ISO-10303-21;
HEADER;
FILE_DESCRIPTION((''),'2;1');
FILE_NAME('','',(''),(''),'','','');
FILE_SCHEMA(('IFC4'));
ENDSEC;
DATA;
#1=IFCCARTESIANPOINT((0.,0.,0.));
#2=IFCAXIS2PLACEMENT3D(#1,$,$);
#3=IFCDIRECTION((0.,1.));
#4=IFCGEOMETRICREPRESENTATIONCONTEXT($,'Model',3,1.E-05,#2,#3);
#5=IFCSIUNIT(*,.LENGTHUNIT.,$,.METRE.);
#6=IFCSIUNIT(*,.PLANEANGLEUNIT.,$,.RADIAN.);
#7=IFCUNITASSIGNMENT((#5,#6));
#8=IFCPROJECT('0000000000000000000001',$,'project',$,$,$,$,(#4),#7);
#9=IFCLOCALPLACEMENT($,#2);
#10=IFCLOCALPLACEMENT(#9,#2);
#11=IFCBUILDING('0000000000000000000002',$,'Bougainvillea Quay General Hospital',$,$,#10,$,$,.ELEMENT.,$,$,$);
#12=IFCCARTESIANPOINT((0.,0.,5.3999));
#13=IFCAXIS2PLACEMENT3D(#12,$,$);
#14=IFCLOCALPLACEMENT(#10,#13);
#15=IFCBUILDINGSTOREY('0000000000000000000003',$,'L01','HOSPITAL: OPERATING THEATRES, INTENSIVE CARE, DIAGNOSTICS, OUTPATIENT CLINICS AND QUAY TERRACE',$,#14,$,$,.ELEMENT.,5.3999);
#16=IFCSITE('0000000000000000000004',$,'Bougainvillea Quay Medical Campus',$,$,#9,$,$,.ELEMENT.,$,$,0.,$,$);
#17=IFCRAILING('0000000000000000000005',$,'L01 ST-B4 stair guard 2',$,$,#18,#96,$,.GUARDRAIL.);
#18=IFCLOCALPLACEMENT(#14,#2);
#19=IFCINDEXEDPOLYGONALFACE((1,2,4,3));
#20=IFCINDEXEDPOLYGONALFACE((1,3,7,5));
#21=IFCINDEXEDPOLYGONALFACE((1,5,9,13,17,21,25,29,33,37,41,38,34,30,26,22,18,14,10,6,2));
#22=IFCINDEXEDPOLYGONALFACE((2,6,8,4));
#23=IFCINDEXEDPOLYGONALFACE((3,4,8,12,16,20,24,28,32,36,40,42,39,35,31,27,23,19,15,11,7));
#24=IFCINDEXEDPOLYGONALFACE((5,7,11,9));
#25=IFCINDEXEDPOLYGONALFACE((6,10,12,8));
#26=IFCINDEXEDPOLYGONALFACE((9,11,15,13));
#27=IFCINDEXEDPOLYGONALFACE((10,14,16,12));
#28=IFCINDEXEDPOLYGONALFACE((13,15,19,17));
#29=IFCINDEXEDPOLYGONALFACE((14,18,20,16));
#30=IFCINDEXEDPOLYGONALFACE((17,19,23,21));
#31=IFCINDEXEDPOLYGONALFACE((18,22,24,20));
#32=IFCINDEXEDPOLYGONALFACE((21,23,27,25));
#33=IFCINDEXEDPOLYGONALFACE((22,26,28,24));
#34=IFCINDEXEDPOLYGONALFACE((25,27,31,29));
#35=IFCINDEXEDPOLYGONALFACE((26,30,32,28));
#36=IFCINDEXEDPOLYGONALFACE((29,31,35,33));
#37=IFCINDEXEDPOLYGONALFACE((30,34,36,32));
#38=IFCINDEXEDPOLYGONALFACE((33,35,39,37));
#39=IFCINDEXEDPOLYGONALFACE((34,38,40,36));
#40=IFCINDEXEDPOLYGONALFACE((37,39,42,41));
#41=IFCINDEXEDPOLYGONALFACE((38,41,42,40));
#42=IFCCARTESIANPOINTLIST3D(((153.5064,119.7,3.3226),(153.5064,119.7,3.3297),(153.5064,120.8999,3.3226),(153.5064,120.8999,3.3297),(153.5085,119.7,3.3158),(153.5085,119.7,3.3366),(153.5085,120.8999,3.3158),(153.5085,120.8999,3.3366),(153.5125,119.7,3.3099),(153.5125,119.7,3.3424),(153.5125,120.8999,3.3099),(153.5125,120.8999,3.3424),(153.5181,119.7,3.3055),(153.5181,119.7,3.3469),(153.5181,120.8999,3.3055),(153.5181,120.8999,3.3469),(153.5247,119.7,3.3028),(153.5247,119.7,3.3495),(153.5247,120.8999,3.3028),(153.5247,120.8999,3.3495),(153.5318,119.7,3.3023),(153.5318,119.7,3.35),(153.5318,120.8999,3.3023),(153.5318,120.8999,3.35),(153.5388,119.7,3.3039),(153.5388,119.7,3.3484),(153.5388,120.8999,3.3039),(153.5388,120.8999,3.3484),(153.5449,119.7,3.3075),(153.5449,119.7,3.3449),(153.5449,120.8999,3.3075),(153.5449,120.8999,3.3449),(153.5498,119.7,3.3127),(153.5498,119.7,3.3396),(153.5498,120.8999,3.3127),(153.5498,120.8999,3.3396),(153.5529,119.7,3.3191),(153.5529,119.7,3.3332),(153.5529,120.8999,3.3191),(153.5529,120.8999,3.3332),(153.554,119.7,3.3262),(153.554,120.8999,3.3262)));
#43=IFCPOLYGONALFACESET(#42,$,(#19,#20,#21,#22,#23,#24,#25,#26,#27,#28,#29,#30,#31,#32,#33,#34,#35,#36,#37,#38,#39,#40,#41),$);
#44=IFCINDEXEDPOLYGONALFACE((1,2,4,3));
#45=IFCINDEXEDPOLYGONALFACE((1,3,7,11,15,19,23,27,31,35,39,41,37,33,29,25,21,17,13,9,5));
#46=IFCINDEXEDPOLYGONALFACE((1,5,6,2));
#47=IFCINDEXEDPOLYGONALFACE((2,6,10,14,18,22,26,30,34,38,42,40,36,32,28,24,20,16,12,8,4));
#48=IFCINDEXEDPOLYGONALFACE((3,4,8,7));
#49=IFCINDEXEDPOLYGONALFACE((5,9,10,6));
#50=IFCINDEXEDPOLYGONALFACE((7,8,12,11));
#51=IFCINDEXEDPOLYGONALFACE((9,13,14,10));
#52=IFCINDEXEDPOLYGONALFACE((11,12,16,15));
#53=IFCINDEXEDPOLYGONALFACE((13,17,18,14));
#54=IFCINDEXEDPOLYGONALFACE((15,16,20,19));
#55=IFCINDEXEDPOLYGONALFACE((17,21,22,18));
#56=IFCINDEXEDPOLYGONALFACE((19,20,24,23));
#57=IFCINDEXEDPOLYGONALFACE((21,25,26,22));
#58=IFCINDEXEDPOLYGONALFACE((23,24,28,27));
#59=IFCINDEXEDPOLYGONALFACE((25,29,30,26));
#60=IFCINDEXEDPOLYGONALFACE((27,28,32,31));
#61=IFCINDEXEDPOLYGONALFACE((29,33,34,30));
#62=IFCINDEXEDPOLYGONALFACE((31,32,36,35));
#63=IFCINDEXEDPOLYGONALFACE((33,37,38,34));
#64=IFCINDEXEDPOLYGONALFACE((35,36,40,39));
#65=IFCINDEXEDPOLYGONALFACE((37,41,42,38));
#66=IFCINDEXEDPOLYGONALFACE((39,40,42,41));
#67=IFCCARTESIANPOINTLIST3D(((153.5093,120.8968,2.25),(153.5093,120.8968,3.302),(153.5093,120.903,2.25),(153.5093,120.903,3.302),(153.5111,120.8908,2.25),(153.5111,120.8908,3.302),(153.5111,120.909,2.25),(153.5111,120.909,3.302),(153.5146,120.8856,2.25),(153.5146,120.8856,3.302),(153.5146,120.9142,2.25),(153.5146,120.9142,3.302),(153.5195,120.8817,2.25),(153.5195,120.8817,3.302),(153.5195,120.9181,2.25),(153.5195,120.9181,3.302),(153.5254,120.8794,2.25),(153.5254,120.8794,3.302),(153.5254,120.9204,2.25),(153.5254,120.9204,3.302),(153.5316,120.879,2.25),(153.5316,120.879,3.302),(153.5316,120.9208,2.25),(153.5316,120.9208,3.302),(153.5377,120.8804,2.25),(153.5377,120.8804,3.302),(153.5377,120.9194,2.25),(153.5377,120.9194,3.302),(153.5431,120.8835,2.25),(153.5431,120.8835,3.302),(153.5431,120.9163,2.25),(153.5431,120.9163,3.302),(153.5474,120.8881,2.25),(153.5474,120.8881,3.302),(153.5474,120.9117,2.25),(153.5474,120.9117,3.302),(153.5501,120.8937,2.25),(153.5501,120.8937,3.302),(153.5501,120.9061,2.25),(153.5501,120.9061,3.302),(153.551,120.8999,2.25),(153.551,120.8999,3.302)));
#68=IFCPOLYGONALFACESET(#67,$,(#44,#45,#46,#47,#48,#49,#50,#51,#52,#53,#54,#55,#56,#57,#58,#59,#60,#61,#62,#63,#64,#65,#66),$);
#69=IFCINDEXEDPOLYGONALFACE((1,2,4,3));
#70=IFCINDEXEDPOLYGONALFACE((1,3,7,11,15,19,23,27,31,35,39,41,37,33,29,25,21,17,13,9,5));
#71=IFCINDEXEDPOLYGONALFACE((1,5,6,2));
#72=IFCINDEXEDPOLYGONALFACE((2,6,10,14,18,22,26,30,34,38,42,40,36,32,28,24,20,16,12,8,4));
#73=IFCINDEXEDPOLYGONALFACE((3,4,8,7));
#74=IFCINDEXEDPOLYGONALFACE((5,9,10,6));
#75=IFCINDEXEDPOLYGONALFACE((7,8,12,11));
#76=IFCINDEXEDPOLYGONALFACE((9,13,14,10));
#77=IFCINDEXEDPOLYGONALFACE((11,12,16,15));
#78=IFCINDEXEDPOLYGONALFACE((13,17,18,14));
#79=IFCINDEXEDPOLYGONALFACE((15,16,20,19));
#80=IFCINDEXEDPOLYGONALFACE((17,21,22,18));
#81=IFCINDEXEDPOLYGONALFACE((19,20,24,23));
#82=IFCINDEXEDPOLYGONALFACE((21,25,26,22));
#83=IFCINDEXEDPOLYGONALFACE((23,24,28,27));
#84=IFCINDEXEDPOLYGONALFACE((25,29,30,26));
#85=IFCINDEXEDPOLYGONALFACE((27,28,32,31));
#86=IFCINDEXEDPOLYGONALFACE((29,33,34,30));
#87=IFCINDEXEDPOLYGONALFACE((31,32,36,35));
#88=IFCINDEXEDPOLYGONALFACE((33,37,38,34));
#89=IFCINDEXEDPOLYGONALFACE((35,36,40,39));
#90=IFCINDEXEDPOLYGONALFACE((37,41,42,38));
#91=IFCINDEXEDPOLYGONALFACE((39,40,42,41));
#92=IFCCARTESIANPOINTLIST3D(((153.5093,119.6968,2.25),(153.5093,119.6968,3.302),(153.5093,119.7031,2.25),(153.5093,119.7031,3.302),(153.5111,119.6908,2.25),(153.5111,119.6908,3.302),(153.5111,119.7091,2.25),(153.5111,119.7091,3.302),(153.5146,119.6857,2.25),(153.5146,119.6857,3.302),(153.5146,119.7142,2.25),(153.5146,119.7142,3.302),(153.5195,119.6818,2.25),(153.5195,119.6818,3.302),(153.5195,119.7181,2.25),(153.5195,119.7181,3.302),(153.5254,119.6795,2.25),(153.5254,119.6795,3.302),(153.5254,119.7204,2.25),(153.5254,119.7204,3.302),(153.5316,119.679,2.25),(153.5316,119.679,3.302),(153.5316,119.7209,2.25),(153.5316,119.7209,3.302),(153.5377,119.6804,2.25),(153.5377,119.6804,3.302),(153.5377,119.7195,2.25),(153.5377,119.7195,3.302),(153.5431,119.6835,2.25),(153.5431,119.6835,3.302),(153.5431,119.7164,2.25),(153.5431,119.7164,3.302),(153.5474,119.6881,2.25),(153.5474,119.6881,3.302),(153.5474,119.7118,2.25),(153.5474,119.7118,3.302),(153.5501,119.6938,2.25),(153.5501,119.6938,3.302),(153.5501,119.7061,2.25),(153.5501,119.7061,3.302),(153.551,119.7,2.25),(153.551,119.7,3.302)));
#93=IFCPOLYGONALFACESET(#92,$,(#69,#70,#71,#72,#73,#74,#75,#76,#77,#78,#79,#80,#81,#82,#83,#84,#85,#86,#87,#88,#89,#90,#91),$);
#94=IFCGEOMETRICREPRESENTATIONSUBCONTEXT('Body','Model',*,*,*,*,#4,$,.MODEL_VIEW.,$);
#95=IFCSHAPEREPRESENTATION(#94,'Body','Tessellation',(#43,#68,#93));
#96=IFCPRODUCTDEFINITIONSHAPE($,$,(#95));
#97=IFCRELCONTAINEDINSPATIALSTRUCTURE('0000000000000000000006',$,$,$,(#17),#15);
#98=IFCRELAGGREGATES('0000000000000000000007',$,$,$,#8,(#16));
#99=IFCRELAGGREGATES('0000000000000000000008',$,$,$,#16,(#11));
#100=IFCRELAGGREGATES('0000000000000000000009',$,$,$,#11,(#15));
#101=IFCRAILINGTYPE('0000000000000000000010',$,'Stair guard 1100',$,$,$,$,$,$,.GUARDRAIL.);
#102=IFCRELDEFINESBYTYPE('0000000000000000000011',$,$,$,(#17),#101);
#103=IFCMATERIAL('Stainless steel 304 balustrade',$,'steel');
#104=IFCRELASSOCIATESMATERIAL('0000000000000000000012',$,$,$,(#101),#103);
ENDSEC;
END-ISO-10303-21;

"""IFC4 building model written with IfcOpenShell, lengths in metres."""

from ifc_helpers import new_model, si_unit, direction, frame, origin, origin_2d, place, context, subcontext, project, spatial, circle, extrude, material, type_object, element, save


model = new_model("IFC4")

# Units and contexts
model_context = context("Model", 3, precision=1e-05, world=origin(), true_north=direction((0.0, 1.0)))
body_context = subcontext(model_context, "Body", "Model", "MODEL_VIEW")
ifc_project = project(units=[si_unit("LENGTHUNIT", "METRE"), si_unit("PLANEANGLEUNIT", "RADIAN")], contexts=[model_context])

# Site, building, storey
site_placement = place(None, origin())
site = spatial("IfcSite", under=ifc_project, at=site_placement, Name="Bougainvillea Quay Medical Campus", CompositionType="ELEMENT", RefElevation=0.0)
building_placement = place(site_placement, origin())
building = spatial("IfcBuilding", under=site, at=building_placement, Name="Bougainvillea Quay General Hospital", CompositionType="ELEMENT")
storey_placement = place(building_placement, frame((0.0, 0.0, 5.3999)))
storey = spatial("IfcBuildingStorey", under=building, at=storey_placement, Name="L01", Description="HOSPITAL: OPERATING THEATRES, INTENSIVE CARE, DIAGNOSTICS, OUTPATIENT CLINICS AND QUAY TERRACE", CompositionType="ELEMENT", Elevation=5.3999)

# Railing
ifc_material_1 = material(Name="Stainless steel 304 balustrade", Category="steel")
railing_type_1 = type_object("IfcRailingType", Name="Stair guard 1100", PredefinedType="GUARDRAIL", material=ifc_material_1)
railing_1_placement = place(storey_placement, frame((153.53, 120.8999, 2.25)))
element("IfcRailing", 1, at=railing_1_placement, inside=storey, type_object=railing_type_1, Name="L01 ST-B4 stair guard 2", PredefinedType="GUARDRAIL", context=body_context, shape_type="SweptSolid", body=[
    extrude(circle(Radius=0.0239, at=origin_2d()), frame((0.0, 0.0, 1.0762), z_axis=(0.0, -1.0, 0.0), x_axis=(1.0, 0.0, 0.0)), (0.0, 0.0, 1.0), 1.2),
    extrude(circle(Radius=0.021, at=origin_2d()), origin(), (0.0, 0.0, 1.0), 1.052),
    extrude(circle(Radius=0.021, at=origin_2d()), frame((0.0, -1.2, 0.0)), (0.0, 0.0, 1.0), 1.052),
])

save(model, "model.ifc")
